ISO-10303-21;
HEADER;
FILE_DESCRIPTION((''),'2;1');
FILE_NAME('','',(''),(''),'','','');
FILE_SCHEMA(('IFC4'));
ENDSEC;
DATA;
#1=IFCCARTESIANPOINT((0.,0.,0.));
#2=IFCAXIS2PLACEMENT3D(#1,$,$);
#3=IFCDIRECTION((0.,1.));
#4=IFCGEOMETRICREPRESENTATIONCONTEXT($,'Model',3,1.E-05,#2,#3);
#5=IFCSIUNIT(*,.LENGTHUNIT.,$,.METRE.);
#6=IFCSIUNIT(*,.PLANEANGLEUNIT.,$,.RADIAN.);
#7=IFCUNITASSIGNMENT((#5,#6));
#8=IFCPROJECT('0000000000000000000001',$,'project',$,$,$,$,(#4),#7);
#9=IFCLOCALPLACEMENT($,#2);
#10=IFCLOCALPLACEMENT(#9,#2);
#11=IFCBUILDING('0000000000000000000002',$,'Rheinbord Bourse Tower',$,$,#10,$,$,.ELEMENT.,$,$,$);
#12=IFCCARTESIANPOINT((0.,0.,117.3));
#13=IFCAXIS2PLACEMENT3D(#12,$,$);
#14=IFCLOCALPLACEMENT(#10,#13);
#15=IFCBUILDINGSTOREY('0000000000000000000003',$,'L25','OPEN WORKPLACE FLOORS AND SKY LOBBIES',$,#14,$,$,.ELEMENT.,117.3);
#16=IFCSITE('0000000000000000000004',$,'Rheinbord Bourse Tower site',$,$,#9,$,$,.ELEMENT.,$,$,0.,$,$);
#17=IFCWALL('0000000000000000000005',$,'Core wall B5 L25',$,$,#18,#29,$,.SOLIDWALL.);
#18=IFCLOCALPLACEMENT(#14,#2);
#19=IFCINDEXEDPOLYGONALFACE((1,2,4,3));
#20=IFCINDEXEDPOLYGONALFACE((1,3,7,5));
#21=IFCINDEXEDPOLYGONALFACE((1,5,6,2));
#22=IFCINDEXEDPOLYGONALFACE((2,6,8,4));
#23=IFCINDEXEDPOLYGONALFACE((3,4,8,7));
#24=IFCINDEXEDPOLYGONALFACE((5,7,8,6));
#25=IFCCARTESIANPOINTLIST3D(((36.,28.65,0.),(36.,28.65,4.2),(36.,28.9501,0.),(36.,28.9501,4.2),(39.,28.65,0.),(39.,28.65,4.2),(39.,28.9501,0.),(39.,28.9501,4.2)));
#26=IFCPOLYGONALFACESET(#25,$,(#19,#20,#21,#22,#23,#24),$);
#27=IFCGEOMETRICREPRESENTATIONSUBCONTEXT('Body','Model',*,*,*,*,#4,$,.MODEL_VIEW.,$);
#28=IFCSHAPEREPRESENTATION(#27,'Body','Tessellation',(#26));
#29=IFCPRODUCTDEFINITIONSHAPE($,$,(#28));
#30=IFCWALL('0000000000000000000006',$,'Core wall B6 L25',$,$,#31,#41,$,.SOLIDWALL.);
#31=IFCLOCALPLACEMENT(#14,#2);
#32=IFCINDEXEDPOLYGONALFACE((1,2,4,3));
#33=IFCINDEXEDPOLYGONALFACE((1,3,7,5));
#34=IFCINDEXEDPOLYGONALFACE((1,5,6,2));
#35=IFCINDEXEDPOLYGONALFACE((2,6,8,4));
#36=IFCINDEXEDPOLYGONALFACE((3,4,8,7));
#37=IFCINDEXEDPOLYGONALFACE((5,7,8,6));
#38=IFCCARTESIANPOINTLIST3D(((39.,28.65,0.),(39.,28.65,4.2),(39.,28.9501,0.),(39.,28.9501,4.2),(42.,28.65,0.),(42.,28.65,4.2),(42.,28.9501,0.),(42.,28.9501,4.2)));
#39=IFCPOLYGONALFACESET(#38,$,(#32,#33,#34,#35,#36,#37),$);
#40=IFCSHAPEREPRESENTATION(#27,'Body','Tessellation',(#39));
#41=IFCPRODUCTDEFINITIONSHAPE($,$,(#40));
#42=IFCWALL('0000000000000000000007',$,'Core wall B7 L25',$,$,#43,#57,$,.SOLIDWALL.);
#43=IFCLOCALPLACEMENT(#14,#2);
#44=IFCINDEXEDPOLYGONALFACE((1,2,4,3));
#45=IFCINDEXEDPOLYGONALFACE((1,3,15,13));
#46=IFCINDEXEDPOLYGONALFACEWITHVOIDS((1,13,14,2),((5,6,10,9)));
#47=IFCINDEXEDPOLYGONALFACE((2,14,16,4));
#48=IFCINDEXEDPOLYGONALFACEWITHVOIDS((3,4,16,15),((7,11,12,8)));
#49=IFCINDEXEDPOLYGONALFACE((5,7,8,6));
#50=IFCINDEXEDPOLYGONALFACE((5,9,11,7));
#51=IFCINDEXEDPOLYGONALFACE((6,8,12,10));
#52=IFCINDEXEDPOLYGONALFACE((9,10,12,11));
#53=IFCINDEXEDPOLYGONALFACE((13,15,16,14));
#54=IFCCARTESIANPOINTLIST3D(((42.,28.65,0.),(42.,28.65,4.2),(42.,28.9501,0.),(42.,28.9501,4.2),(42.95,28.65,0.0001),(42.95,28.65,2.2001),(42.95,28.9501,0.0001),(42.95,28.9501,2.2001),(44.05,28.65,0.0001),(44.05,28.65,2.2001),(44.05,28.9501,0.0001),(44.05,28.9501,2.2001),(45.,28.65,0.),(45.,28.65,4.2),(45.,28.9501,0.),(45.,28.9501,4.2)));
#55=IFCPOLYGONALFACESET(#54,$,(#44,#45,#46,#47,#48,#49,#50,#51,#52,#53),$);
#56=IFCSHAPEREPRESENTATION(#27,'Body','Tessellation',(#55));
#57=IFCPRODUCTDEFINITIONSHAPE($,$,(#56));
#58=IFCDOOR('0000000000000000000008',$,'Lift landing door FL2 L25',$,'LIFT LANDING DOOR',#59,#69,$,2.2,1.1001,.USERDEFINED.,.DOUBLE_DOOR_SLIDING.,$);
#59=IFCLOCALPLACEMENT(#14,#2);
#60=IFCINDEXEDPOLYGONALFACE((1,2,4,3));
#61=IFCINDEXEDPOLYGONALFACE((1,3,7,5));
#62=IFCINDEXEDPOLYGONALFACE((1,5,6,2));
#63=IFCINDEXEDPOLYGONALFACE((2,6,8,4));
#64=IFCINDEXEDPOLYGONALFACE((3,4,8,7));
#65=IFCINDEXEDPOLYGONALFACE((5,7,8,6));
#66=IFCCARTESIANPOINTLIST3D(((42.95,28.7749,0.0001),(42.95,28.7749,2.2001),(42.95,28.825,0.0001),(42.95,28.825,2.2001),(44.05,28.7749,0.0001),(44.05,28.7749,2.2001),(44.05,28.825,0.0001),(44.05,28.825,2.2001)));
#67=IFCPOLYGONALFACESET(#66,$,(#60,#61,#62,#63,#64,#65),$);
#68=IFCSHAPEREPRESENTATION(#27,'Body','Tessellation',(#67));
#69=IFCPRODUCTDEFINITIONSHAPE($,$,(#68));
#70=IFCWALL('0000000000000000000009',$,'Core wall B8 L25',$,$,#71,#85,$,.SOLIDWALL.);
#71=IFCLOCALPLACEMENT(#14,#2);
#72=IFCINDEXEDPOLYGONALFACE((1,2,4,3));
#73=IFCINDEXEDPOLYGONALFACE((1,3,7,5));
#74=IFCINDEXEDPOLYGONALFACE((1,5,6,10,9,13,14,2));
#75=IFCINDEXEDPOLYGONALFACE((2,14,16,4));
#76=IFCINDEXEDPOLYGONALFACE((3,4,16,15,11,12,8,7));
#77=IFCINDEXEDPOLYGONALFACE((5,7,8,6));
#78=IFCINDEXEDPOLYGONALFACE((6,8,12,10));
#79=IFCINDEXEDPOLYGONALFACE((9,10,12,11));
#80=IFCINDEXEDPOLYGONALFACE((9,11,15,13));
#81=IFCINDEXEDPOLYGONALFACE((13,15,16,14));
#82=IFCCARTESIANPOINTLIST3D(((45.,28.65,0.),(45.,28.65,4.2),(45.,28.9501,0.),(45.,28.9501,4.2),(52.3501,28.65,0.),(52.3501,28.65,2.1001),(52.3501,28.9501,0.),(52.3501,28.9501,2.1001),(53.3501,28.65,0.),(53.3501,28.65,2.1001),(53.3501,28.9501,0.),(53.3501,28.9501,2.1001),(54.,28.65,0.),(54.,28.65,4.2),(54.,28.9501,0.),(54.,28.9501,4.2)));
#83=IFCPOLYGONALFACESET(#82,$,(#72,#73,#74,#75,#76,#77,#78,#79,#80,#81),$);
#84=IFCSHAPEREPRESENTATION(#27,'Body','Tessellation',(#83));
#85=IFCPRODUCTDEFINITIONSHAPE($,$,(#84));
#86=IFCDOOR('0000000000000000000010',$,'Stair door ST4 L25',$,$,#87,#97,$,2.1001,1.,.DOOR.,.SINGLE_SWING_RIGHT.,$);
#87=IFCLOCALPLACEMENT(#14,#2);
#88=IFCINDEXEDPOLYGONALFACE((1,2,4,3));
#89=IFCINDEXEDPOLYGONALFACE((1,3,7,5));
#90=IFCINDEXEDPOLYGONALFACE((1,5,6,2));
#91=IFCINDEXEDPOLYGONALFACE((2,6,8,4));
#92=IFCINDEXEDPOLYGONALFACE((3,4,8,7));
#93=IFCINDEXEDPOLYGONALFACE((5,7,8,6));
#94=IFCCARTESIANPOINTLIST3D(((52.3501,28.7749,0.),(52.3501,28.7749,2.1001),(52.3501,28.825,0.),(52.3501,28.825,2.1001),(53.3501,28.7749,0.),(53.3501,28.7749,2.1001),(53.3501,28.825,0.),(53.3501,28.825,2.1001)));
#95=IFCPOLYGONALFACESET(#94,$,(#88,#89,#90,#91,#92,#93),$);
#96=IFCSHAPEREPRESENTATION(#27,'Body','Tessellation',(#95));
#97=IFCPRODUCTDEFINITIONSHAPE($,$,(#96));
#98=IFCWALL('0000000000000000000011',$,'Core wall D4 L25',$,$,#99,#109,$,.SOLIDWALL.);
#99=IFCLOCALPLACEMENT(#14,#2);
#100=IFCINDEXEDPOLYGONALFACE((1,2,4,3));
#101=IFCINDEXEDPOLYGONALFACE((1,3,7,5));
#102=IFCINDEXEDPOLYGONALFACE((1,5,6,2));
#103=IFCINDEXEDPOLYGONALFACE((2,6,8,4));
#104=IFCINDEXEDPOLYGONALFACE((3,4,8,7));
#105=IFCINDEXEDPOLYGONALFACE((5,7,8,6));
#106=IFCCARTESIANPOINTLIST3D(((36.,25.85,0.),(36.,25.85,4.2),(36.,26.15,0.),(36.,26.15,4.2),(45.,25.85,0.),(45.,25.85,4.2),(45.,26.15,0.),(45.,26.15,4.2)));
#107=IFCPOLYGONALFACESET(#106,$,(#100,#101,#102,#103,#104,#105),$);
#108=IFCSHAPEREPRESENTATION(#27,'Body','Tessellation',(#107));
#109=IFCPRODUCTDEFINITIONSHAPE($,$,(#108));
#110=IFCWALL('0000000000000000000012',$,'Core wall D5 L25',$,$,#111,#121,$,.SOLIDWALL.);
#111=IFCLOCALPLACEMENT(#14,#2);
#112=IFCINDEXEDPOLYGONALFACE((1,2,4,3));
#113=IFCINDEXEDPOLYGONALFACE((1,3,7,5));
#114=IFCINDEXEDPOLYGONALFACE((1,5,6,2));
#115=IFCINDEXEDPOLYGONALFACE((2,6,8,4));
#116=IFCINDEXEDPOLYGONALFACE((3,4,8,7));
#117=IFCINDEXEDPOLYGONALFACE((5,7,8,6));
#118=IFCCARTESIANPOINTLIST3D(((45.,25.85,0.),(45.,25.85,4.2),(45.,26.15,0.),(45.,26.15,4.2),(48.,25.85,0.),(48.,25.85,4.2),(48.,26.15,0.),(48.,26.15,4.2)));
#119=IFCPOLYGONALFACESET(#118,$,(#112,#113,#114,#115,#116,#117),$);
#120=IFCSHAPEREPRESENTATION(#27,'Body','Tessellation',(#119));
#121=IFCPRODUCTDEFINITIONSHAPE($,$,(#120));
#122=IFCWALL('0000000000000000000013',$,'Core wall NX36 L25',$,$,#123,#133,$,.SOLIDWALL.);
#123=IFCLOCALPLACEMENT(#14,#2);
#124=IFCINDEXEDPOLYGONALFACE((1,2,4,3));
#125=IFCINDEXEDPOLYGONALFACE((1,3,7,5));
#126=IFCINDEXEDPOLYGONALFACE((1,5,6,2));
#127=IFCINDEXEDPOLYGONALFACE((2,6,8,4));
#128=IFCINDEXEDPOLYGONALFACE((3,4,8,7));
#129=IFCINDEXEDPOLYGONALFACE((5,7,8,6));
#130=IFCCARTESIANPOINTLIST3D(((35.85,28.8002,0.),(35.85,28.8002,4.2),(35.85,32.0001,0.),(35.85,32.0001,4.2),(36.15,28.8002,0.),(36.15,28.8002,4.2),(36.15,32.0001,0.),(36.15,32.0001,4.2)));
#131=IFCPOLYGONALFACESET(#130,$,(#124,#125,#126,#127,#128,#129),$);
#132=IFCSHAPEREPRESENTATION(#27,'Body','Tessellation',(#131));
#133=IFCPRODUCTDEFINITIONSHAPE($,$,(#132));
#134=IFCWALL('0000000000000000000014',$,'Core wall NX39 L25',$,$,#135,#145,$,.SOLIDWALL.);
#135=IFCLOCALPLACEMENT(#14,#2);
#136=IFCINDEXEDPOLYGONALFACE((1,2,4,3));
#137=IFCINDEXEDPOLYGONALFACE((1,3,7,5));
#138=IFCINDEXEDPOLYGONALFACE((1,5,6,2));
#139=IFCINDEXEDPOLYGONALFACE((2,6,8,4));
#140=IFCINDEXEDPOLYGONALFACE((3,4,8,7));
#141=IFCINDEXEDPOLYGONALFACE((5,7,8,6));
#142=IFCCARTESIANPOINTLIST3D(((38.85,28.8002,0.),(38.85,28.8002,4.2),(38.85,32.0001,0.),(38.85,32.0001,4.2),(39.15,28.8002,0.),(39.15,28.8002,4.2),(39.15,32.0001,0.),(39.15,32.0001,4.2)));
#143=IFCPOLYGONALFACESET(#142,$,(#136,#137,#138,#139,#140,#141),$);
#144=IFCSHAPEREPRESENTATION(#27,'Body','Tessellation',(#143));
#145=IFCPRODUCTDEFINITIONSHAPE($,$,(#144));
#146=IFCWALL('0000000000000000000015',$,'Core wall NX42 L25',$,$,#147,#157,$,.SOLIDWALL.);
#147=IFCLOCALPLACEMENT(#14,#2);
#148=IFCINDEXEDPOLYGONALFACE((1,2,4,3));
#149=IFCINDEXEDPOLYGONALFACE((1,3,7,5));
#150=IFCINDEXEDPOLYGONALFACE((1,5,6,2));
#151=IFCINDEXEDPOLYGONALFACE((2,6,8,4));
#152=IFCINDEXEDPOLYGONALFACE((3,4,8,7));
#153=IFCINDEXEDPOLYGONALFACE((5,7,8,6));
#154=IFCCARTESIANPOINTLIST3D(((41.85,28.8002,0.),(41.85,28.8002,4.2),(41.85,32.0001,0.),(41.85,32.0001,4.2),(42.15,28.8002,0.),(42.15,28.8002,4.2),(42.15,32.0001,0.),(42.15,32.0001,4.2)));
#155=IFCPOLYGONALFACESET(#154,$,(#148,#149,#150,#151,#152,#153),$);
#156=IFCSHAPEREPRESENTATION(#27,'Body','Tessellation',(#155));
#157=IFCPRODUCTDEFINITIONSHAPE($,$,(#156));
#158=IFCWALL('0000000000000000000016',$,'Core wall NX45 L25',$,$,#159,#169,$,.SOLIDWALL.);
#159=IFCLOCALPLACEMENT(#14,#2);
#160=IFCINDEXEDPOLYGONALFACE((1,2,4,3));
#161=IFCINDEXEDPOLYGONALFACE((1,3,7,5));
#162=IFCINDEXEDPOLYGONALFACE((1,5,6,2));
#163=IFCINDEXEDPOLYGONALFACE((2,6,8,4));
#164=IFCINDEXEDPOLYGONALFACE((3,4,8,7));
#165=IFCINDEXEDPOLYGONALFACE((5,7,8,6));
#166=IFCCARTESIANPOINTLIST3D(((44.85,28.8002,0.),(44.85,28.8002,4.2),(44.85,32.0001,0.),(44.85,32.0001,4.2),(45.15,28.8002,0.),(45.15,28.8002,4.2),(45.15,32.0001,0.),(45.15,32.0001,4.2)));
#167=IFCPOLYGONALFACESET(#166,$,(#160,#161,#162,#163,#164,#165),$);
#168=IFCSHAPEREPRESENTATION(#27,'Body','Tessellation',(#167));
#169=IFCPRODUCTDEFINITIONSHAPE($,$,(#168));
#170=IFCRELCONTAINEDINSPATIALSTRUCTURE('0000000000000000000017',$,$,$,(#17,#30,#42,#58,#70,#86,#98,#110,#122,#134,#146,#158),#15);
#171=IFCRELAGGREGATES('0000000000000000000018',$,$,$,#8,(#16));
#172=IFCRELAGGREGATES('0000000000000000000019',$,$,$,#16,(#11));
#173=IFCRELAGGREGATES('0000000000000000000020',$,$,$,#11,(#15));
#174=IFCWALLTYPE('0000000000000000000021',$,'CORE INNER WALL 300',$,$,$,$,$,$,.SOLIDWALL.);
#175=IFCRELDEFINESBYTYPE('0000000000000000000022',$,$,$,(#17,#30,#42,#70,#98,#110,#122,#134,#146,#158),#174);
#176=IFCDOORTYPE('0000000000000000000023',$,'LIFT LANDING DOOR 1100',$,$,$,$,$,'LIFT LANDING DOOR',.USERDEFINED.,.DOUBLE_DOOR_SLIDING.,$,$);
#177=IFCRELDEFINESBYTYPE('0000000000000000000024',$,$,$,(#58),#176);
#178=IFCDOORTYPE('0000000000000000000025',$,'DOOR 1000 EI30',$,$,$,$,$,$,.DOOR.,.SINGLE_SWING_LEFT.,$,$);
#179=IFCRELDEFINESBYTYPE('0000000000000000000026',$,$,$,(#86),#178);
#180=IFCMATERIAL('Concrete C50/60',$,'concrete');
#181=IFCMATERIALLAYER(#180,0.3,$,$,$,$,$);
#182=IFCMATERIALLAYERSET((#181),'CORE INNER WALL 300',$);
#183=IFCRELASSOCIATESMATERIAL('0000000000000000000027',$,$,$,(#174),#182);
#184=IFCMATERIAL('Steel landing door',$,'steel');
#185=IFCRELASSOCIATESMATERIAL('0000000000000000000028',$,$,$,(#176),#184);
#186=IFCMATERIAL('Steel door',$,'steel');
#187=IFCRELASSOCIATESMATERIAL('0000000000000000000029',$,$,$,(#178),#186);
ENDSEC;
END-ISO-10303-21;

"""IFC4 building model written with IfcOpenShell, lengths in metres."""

from ifc_helpers import new_model, si_unit, direction, frame, frame_2d, origin, place, context, subcontext, project, spatial, rectangle, extrude, material, layer, layer_set, type_object, element, fill, save


model = new_model("IFC4")

# Units and contexts
model_context = context("Model", 3, precision=1e-05, world=origin(), true_north=direction((0.0, 1.0)))
body_context = subcontext(model_context, "Body", "Model", "MODEL_VIEW")
ifc_project = project(units=[si_unit("LENGTHUNIT", "METRE"), si_unit("PLANEANGLEUNIT", "RADIAN")], contexts=[model_context])

# Site, building, storey
site_placement = place(None, origin())
site = spatial("IfcSite", under=ifc_project, at=site_placement, Name="Rheinbord Bourse Tower site", CompositionType="ELEMENT", RefElevation=0.0)
building_placement = place(site_placement, origin())
building = spatial("IfcBuilding", under=site, at=building_placement, Name="Rheinbord Bourse Tower", CompositionType="ELEMENT")
storey_placement = place(building_placement, frame((0.0, 0.0, 117.3)))
storey = spatial("IfcBuildingStorey", under=building, at=storey_placement, Name="L25", Description="OPEN WORKPLACE FLOORS AND SKY LOBBIES", CompositionType="ELEMENT", Elevation=117.3)

# Walls
ifc_material_1 = material(Name="Concrete C50/60", Category="concrete")
ifc_layer_1 = layer(ifc_material_1, 0.3)
ifc_layer_set_1 = layer_set([ifc_layer_1], Name="CORE INNER WALL 300")
wall_type_1 = type_object("IfcWallType", Name="CORE INNER WALL 300", PredefinedType="SOLIDWALL", material=ifc_layer_set_1)
for number, where, z_axis, x_axis, name in (
    (1, (36.0, 28.8, 0.0), (0.0, 0.0, 1.0), (1.0, 0.0, 0.0), "Core wall B5 L25"),
    (2, (39.0, 28.8, 0.0), (0.0, 0.0, 1.0), (1.0, 0.0, 0.0), "Core wall B6 L25"),
):
    element("IfcWall", number, at=place(storey_placement, frame(where, z_axis=z_axis, x_axis=x_axis)), inside=storey, type_object=wall_type_1, Name=name, PredefinedType="SOLIDWALL", context=body_context, shape_type="SweptSolid", body=[
        extrude(rectangle(XDim=3.0, YDim=0.3, at=frame_2d((1.5, 0.0))), origin(), (0.0, 0.0, 1.0), 4.2),
    ])

# Walls, openings, doors
wall_1_placement = place(storey_placement, frame((42.0, 28.8, 0.0), z_axis=(0.0, 0.0, 1.0), x_axis=(1.0, 0.0, 0.0)))
wall_1 = element("IfcWall", 3, at=wall_1_placement, inside=storey, type_object=wall_type_1, Name="Core wall B7 L25", PredefinedType="SOLIDWALL", context=body_context, shape_type="SweptSolid", body=[
    extrude(rectangle(XDim=3.0, YDim=0.3, at=frame_2d((1.5, 0.0))), origin(), (0.0, 0.0, 1.0), 4.2),
])
opening_1_placement = place(wall_1_placement, frame((0.95, 0.0, 0.0)))
opening_1 = element("IfcOpeningElement", 4, at=opening_1_placement, cuts=wall_1, PredefinedType="OPENING", context=body_context, shape_type="SweptSolid", body=[
    extrude(rectangle(XDim=1.1001, YDim=2.2, at=frame_2d((0.55, 1.1001))), frame((0.0, 0.1599, 0.0), z_axis=(0.0, -1.0, 0.0), x_axis=(1.0, 0.0, 0.0)), (0.0, 0.0, 1.0), 0.3201),
])
ifc_material_2 = material(Name="Steel landing door", Category="steel")
door_type_1 = type_object("IfcDoorType", Name="LIFT LANDING DOOR 1100", ElementType="LIFT LANDING DOOR", OperationType="DOUBLE_DOOR_SLIDING", PredefinedType="USERDEFINED", material=ifc_material_2)
door_1_placement = place(opening_1_placement, origin())
door_1 = element("IfcDoor", 5, at=door_1_placement, inside=storey, type_object=door_type_1, Name="Lift landing door FL2 L25", ObjectType="LIFT LANDING DOOR", OperationType="DOUBLE_DOOR_SLIDING", OverallHeight=2.2, OverallWidth=1.1001, PredefinedType="USERDEFINED", context=body_context, shape_type="SweptSolid", body=[
    extrude(rectangle(XDim=1.1001, YDim=2.2, at=frame_2d((0.55, 1.1001))), frame((0.0, 0.0249, 0.0), z_axis=(0.0, -1.0, 0.0), x_axis=(1.0, 0.0, 0.0)), (0.0, 0.0, 1.0), 0.05),
])
fill(opening_1, door_1)
wall_2_placement = place(storey_placement, frame((45.0, 28.8, 0.0), z_axis=(0.0, 0.0, 1.0), x_axis=(1.0, 0.0, 0.0)))
wall_2 = element("IfcWall", 6, at=wall_2_placement, inside=storey, type_object=wall_type_1, Name="Core wall B8 L25", PredefinedType="SOLIDWALL", context=body_context, shape_type="SweptSolid", body=[
    extrude(rectangle(XDim=9.0, YDim=0.3, at=frame_2d((4.5, 0.0))), origin(), (0.0, 0.0, 1.0), 4.2),
])
opening_2_placement = place(wall_2_placement, frame((7.3501, 0.0, 0.0)))
opening_2 = element("IfcOpeningElement", 7, at=opening_2_placement, cuts=wall_2, PredefinedType="OPENING", context=body_context, shape_type="SweptSolid", body=[
    extrude(rectangle(XDim=1.0, YDim=2.1001, at=frame_2d((0.5, 1.05))), frame((0.0, 0.1599, 0.0), z_axis=(0.0, -1.0, 0.0), x_axis=(1.0, 0.0, 0.0)), (0.0, 0.0, 1.0), 0.3201),
])
ifc_material_3 = material(Name="Steel door", Category="steel")
door_type_2 = type_object("IfcDoorType", Name="DOOR 1000 EI30", OperationType="SINGLE_SWING_LEFT", PredefinedType="DOOR", material=ifc_material_3)
door_2_placement = place(opening_2_placement, origin())
door_2 = element("IfcDoor", 8, at=door_2_placement, inside=storey, type_object=door_type_2, Name="Stair door ST4 L25", OperationType="SINGLE_SWING_RIGHT", OverallHeight=2.1001, OverallWidth=1.0, PredefinedType="DOOR", context=body_context, shape_type="SweptSolid", body=[
    extrude(rectangle(XDim=1.0, YDim=2.1001, at=frame_2d((0.5, 1.05))), frame((0.0, 0.0249, 0.0), z_axis=(0.0, -1.0, 0.0), x_axis=(1.0, 0.0, 0.0)), (0.0, 0.0, 1.0), 0.05),
])
fill(opening_2, door_2)

# Walls
wall_3_placement = place(storey_placement, frame((36.0, 26.0, 0.0), z_axis=(0.0, 0.0, 1.0), x_axis=(1.0, 0.0, 0.0)))
element("IfcWall", 9, at=wall_3_placement, inside=storey, type_object=wall_type_1, Name="Core wall D4 L25", PredefinedType="SOLIDWALL", context=body_context, shape_type="SweptSolid", body=[
    extrude(rectangle(XDim=9.0, YDim=0.3, at=frame_2d((4.5, 0.0))), origin(), (0.0, 0.0, 1.0), 4.2),
])
wall_4_placement = place(storey_placement, frame((45.0, 26.0, 0.0), z_axis=(0.0, 0.0, 1.0), x_axis=(1.0, 0.0, 0.0)))
element("IfcWall", 10, at=wall_4_placement, inside=storey, type_object=wall_type_1, Name="Core wall D5 L25", PredefinedType="SOLIDWALL", context=body_context, shape_type="SweptSolid", body=[
    extrude(rectangle(XDim=3.0, YDim=0.3, at=frame_2d((1.5, 0.0))), origin(), (0.0, 0.0, 1.0), 4.2),
])
for number, where, z_axis, x_axis, name in (
    (11, (36.0, 28.8, 0.0), (0.0, 0.0, 1.0), (0.0, 1.0, 0.0), "Core wall NX36 L25"),
    (12, (39.0, 28.8, 0.0), (0.0, 0.0, 1.0), (0.0, 1.0, 0.0), "Core wall NX39 L25"),
    (13, (42.0, 28.8, 0.0), (0.0, 0.0, 1.0), (0.0, 1.0, 0.0), "Core wall NX42 L25"),
    (14, (45.0, 28.8, 0.0), (0.0, 0.0, 1.0), (0.0, 1.0, 0.0), "Core wall NX45 L25"),
):
    element("IfcWall", number, at=place(storey_placement, frame(where, z_axis=z_axis, x_axis=x_axis)), inside=storey, type_object=wall_type_1, Name=name, PredefinedType="SOLIDWALL", context=body_context, shape_type="SweptSolid", body=[
        extrude(rectangle(XDim=3.2, YDim=0.3, at=frame_2d((1.6001, 0.0))), origin(), (0.0, 0.0, 1.0), 4.2),
    ])

save(model, "model.ifc")
